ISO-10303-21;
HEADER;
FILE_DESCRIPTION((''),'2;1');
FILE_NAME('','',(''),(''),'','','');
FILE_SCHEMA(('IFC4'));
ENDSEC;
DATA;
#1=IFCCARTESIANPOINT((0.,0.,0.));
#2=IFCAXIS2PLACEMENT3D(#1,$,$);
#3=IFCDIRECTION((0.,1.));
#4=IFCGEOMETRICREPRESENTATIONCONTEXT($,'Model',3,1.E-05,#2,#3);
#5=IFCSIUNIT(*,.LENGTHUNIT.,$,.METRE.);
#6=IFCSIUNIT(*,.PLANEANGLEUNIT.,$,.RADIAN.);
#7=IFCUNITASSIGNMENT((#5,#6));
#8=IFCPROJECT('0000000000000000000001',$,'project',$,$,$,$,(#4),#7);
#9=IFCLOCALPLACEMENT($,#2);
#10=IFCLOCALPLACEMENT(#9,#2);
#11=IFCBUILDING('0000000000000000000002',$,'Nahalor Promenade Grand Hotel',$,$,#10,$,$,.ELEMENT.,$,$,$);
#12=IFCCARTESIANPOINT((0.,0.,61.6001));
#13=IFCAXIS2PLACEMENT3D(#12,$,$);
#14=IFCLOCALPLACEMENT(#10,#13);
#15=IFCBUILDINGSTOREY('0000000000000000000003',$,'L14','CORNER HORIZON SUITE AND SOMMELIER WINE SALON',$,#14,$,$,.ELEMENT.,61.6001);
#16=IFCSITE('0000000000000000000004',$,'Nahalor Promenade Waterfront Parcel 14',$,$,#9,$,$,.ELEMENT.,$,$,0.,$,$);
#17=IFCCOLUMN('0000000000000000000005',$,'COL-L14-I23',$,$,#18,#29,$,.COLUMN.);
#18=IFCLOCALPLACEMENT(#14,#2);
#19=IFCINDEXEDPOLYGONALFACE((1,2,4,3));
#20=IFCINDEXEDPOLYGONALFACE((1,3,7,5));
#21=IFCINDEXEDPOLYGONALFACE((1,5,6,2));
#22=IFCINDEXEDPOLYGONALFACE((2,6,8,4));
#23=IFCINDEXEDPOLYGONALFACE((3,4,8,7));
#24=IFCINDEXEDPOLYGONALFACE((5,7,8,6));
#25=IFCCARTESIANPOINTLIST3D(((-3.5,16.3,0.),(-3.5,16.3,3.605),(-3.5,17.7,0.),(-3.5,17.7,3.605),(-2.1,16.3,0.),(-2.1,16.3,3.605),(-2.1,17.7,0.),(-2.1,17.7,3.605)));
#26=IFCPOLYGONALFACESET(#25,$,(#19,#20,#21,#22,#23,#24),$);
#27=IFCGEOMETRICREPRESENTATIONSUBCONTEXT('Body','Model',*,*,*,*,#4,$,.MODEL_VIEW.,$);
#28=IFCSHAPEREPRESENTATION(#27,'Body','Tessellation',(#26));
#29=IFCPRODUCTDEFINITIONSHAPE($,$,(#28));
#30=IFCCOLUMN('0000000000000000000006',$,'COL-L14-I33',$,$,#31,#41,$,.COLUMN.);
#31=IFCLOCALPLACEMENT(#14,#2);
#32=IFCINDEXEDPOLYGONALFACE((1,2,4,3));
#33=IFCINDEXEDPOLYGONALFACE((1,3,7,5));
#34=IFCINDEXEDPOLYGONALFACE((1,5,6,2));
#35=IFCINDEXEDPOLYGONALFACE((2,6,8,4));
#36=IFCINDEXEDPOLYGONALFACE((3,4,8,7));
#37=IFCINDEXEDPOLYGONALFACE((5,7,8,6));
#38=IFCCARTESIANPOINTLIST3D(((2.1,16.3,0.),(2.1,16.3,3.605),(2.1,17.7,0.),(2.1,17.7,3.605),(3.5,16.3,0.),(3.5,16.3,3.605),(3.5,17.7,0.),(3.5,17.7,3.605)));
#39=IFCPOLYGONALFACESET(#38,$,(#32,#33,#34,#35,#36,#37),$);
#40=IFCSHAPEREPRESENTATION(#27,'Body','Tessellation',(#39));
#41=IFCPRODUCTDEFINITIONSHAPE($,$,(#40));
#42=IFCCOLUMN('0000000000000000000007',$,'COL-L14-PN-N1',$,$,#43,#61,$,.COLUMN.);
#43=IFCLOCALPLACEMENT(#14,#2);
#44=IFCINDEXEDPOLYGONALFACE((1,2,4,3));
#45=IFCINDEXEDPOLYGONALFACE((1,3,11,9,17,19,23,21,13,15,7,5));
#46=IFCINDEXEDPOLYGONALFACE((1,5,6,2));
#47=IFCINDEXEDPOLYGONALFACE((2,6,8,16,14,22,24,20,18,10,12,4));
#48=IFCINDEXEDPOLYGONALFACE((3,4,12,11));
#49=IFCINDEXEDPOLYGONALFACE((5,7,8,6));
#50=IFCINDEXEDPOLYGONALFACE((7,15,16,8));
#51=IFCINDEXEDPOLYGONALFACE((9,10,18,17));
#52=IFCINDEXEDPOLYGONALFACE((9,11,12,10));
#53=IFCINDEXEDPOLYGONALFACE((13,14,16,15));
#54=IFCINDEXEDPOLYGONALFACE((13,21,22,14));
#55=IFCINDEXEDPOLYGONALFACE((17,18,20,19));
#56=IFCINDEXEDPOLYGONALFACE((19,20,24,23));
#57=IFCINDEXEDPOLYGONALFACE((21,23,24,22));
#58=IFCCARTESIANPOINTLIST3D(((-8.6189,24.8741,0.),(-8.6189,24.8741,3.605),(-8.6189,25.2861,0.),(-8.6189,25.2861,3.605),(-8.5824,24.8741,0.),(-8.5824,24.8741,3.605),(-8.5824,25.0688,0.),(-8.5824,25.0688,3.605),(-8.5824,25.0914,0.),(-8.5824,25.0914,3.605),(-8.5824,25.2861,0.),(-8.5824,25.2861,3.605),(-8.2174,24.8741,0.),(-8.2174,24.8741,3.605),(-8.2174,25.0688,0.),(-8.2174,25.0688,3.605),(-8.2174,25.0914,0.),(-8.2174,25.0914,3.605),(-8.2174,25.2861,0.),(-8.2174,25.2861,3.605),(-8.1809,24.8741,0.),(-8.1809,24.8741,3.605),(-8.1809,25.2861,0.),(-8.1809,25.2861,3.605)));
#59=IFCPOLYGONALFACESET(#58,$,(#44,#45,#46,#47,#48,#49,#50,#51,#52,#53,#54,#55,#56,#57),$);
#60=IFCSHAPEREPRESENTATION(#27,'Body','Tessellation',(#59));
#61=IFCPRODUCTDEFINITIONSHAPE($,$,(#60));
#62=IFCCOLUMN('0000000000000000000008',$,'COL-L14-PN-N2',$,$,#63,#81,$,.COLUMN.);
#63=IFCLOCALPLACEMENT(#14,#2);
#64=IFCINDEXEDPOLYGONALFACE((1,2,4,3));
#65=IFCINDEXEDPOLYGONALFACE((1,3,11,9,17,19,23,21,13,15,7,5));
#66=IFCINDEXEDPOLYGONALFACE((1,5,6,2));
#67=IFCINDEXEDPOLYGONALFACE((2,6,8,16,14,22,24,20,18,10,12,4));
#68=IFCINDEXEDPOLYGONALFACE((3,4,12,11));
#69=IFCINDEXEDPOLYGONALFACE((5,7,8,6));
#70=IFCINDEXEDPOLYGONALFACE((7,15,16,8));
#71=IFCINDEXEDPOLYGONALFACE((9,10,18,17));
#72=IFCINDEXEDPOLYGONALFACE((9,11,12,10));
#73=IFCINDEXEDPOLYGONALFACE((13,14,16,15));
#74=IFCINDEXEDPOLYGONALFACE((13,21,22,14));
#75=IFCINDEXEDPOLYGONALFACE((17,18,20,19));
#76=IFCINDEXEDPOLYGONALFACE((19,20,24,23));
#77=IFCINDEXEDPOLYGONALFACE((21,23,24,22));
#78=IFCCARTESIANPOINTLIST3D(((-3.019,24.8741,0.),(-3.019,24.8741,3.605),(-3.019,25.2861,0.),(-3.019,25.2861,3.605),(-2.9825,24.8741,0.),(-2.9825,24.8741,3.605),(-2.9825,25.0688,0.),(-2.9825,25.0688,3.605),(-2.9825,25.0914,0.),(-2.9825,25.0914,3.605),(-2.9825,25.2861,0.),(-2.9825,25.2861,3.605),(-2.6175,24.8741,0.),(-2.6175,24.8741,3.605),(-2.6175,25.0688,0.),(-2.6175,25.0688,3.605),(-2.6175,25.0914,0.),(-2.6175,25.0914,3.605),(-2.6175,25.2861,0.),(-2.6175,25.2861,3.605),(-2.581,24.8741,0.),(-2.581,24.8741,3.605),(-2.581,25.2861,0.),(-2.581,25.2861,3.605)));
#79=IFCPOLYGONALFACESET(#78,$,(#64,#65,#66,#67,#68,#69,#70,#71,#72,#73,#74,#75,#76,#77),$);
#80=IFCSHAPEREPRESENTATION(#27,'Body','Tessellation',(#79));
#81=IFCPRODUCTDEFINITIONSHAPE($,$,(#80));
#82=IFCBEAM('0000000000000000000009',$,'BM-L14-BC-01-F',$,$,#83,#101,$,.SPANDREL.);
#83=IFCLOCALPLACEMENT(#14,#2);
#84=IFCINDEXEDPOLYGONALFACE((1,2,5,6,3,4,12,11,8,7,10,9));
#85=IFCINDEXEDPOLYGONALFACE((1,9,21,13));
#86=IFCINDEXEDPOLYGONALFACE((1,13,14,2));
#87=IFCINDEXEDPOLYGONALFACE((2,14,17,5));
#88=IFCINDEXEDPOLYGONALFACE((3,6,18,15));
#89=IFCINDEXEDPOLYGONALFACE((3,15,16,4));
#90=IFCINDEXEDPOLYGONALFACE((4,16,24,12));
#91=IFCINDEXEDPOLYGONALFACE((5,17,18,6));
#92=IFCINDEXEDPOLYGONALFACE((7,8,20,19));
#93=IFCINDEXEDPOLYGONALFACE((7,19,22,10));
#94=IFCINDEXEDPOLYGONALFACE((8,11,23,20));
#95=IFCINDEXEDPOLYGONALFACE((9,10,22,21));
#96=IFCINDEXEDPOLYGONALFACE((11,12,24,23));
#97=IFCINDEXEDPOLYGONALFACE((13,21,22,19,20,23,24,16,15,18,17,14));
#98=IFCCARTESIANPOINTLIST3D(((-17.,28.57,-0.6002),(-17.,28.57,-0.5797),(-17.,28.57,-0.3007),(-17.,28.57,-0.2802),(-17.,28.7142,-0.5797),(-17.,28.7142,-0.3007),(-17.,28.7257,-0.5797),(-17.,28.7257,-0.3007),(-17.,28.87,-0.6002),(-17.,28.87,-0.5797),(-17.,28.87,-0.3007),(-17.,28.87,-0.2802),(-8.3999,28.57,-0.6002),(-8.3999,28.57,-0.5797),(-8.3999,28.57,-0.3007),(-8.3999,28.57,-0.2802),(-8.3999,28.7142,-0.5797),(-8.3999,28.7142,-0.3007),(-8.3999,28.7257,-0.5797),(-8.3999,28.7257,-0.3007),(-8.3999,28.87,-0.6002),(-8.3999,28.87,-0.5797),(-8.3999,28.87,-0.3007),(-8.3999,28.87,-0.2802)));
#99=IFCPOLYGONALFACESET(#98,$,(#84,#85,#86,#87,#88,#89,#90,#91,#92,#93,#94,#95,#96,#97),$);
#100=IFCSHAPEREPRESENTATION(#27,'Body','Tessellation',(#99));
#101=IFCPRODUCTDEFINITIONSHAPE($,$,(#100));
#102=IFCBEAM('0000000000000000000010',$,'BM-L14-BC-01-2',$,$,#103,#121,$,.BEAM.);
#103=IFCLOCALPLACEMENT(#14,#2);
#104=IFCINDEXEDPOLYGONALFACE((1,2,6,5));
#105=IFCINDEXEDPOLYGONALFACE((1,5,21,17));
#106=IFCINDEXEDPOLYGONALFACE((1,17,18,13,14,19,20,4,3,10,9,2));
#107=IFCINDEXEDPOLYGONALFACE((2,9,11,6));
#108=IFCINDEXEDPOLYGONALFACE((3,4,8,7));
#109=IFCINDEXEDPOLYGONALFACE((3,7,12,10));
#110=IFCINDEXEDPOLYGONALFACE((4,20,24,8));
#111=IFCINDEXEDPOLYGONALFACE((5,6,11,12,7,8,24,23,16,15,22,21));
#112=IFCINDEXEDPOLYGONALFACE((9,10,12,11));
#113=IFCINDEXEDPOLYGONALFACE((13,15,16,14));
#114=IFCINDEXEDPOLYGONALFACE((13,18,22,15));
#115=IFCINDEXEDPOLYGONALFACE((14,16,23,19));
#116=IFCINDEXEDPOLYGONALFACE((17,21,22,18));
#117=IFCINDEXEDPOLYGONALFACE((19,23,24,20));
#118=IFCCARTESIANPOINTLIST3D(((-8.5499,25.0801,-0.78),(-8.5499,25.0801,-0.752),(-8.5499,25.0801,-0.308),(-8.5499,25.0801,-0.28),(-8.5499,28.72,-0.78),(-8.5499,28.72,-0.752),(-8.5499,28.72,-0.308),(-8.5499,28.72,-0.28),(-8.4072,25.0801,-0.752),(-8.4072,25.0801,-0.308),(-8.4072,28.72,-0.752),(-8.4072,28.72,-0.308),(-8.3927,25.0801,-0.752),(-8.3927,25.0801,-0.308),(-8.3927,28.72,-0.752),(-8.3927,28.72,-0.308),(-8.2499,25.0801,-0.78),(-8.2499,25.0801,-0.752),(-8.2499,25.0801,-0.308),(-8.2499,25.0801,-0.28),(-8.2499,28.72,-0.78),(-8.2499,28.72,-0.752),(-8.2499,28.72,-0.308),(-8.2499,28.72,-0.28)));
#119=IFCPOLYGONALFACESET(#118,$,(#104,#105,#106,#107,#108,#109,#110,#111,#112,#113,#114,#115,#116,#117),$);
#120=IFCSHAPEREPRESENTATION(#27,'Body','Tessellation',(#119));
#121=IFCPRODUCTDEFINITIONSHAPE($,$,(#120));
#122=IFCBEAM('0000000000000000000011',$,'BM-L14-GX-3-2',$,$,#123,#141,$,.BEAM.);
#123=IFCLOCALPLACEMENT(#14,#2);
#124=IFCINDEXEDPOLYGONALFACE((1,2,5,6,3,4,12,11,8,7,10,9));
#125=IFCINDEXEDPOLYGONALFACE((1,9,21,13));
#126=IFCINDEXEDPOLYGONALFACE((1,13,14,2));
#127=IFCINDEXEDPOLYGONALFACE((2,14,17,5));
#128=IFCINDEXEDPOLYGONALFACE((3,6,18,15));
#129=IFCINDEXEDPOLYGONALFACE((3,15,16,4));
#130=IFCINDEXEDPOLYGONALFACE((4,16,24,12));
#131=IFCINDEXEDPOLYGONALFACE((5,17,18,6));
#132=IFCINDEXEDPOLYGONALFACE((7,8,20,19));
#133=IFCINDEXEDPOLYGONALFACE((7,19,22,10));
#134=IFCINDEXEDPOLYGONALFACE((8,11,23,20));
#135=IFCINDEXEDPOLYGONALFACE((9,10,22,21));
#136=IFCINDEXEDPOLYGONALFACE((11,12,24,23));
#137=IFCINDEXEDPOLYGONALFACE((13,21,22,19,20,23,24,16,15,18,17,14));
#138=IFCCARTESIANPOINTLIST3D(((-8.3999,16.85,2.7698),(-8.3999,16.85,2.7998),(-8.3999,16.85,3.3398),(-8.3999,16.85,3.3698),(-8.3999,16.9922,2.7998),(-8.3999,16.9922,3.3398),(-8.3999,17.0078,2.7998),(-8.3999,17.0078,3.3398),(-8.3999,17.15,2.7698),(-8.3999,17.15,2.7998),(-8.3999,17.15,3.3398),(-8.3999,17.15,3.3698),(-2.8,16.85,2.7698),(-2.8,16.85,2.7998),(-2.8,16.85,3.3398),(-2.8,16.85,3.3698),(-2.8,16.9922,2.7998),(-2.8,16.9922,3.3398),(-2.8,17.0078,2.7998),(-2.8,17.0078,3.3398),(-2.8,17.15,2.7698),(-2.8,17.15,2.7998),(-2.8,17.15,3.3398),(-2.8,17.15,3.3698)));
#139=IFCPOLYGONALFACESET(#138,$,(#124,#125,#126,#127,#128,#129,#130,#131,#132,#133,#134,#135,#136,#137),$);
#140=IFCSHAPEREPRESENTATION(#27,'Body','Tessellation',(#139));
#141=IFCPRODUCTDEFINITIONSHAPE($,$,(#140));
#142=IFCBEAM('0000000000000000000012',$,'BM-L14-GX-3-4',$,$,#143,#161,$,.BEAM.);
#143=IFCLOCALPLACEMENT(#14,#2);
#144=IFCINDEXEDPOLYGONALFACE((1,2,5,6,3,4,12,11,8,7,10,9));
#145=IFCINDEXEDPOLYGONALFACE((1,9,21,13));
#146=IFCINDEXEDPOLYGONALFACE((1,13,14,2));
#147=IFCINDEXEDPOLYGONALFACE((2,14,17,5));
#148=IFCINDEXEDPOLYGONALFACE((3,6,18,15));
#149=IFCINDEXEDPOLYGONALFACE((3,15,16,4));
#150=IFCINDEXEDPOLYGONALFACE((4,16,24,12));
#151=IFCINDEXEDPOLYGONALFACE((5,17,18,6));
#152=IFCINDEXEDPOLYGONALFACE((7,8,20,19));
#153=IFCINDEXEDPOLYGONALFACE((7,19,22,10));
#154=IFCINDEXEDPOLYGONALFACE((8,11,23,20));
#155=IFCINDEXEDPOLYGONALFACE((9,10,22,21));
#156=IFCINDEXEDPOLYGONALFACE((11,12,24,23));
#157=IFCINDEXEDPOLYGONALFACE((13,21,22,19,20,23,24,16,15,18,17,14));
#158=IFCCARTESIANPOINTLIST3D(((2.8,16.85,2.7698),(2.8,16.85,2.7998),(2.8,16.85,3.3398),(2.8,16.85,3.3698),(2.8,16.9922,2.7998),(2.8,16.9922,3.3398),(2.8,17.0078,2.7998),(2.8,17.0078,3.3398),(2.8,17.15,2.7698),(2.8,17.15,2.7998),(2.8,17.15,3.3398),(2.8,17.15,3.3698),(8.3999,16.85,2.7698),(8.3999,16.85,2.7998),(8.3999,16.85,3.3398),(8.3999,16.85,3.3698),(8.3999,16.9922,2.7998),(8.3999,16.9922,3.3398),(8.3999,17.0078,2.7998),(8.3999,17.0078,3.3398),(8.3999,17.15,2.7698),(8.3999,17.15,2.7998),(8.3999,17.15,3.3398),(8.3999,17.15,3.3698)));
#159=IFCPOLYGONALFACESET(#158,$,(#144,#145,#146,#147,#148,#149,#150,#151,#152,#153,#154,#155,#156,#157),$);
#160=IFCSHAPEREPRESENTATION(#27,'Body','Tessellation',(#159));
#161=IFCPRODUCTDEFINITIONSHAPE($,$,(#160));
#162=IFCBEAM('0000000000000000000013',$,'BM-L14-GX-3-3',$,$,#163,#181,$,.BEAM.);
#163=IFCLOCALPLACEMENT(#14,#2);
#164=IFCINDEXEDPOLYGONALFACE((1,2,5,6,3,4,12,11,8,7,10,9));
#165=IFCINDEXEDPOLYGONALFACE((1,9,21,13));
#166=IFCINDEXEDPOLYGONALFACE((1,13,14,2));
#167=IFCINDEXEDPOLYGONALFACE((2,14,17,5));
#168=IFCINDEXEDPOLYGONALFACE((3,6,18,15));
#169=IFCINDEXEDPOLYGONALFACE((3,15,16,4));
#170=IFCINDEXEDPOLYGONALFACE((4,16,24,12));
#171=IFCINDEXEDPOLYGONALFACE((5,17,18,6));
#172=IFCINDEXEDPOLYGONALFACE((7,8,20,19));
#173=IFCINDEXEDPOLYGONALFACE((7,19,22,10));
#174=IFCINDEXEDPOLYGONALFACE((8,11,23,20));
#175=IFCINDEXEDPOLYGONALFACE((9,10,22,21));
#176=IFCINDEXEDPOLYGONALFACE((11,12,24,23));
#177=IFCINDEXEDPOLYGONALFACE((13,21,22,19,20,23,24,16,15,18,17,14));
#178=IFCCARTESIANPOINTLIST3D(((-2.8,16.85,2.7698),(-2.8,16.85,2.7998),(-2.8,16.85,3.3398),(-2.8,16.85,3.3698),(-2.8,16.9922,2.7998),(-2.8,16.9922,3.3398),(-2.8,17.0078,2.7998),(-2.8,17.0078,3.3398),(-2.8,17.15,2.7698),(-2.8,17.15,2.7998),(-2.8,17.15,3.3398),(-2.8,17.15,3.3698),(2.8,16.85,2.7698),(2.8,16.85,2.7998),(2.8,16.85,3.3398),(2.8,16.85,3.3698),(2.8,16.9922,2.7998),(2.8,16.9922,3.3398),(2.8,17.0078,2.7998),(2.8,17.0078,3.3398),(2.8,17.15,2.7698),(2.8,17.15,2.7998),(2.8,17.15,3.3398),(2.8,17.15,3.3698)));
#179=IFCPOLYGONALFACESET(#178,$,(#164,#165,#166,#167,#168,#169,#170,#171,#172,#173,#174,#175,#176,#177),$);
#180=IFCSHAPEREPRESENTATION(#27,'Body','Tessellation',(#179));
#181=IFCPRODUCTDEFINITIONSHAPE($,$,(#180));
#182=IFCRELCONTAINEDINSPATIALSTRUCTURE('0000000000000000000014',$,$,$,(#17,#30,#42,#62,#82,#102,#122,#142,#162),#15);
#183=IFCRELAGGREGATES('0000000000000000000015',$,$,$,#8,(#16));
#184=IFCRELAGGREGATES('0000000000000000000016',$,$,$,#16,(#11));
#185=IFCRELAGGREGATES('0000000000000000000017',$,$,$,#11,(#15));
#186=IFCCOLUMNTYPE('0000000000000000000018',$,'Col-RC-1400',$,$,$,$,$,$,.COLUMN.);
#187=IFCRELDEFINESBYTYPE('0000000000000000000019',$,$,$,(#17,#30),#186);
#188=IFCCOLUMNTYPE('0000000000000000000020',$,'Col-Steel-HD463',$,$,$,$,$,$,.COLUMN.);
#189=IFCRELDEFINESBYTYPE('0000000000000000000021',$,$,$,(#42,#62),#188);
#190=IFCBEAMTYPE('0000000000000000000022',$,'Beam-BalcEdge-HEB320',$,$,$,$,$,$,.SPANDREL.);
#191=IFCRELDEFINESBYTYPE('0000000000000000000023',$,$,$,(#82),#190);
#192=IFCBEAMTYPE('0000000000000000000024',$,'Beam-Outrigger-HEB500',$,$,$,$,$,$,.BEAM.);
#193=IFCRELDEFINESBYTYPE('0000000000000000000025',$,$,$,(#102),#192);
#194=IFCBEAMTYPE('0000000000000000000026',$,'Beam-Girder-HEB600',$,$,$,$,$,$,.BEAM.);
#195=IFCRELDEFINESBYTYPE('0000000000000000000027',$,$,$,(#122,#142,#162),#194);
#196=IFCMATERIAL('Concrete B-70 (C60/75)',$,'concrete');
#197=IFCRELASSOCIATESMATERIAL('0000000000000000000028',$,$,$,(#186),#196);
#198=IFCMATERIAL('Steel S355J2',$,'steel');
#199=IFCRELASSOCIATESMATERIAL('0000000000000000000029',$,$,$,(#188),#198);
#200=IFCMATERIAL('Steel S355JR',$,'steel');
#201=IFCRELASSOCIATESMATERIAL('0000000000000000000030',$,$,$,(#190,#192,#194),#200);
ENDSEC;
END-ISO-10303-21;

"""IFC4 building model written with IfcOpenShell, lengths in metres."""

from ifc_helpers import new_model, si_unit, direction, frame, origin, origin_2d, place, context, subcontext, project, spatial, rectangle, i_section, extrude, source, transform, mapped, material, material_profile, profile_set, type_object, element, save


model = new_model("IFC4")

# Units and contexts
model_context = context("Model", 3, precision=1e-05, world=origin(), true_north=direction((0.0, 1.0)))
body_context = subcontext(model_context, "Body", "Model", "MODEL_VIEW")
ifc_project = project(units=[si_unit("LENGTHUNIT", "METRE"), si_unit("PLANEANGLEUNIT", "RADIAN")], contexts=[model_context])

# Site, building, storey
site_placement = place(None, origin())
site = spatial("IfcSite", under=ifc_project, at=site_placement, Name="Nahalor Promenade Waterfront Parcel 14", CompositionType="ELEMENT", RefElevation=0.0)
building_placement = place(site_placement, origin())
building = spatial("IfcBuilding", under=site, at=building_placement, Name="Nahalor Promenade Grand Hotel", CompositionType="ELEMENT")
storey_placement = place(building_placement, frame((0.0, 0.0, 61.6001)))
storey = spatial("IfcBuildingStorey", under=building, at=storey_placement, Name="L14", Description="CORNER HORIZON SUITE AND SOMMELIER WINE SALON", CompositionType="ELEMENT", Elevation=61.6001)

# Columns
ifc_material_1 = material(Name="Concrete B-70 (C60/75)", Category="concrete")
ifc_material_profile_1 = material_profile(ifc_material_1, rectangle(XDim=1.4, YDim=1.4, at=origin_2d()), Name="RC 1400x1400")
ifc_profile_set_1 = profile_set([ifc_material_profile_1], Name="Concrete B-70 (C60/75)")
column_type_1 = type_object("IfcColumnType", Name="Col-RC-1400", PredefinedType="COLUMN", material=ifc_profile_set_1)
shared_shape_1 = source(origin(), body_context, "Body", "SweptSolid", [
    extrude(rectangle(XDim=1.4, YDim=1.4, at=origin_2d()), origin(), (0.0, 0.0, 1.0), 3.605),
])
for number, where, z_axis, x_axis, name in (
    (1, (-2.8, 17.0, 0.0), (0.0, 0.0, 1.0), (1.0, 0.0, 0.0), "COL-L14-I23"),
    (2, (2.8, 17.0, 0.0), (0.0, 0.0, 1.0), (1.0, 0.0, 0.0), "COL-L14-I33"),
):
    element("IfcColumn", number, at=place(storey_placement, frame(where, z_axis=z_axis, x_axis=x_axis)), inside=storey, type_object=column_type_1, Name=name, PredefinedType="COLUMN", context=body_context, shape_type="MappedRepresentation", body=[
        mapped(shared_shape_1, transform((0.0, 0.0, 0.0), scale=1.0)),
    ])
ifc_material_2 = material(Name="Steel S355J2", Category="steel")
ifc_material_profile_2 = material_profile(ifc_material_2, i_section(OverallWidth=0.412, OverallDepth=0.438, WebThickness=0.0226, FlangeThickness=0.0365, at=origin_2d()), Name="HD 400x463")
ifc_profile_set_2 = profile_set([ifc_material_profile_2], Name="Steel S355J2")
column_type_2 = type_object("IfcColumnType", Name="Col-Steel-HD463", PredefinedType="COLUMN", material=ifc_profile_set_2)
shared_shape_2 = source(origin(), body_context, "Body", "SweptSolid", [
    extrude(i_section(OverallWidth=0.412, OverallDepth=0.438, WebThickness=0.0226, FlangeThickness=0.0365, at=origin_2d()), origin(), (0.0, 0.0, 1.0), 3.605),
])
for number, where, z_axis, x_axis, name in (
    (3, (-8.3999, 25.0801, 0.0), (0.0, 0.0, 1.0), (0.0, 1.0, 0.0), "COL-L14-PN-N1"),
    (4, (-2.8, 25.0801, 0.0), (0.0, 0.0, 1.0), (0.0, 1.0, 0.0), "COL-L14-PN-N2"),
):
    element("IfcColumn", number, at=place(storey_placement, frame(where, z_axis=z_axis, x_axis=x_axis)), inside=storey, type_object=column_type_2, Name=name, PredefinedType="COLUMN", context=body_context, shape_type="MappedRepresentation", body=[
        mapped(shared_shape_2, transform((0.0, 0.0, 0.0), scale=1.0)),
    ])

# Beams
ifc_material_3 = material(Name="Steel S355JR", Category="steel")
ifc_material_profile_3 = material_profile(ifc_material_3, i_section(OverallWidth=0.3, OverallDepth=0.32, WebThickness=0.0115, FlangeThickness=0.0205, at=origin_2d()), Name="HEB 320")
ifc_profile_set_3 = profile_set([ifc_material_profile_3], Name="Steel S355JR")
beam_type_1 = type_object("IfcBeamType", Name="Beam-BalcEdge-HEB320", PredefinedType="SPANDREL", material=ifc_profile_set_3)
shared_shape_3 = source(origin(), body_context, "Body", "SweptSolid", [
    extrude(i_section(OverallWidth=0.3, OverallDepth=0.32, WebThickness=0.0115, FlangeThickness=0.0205, at=origin_2d()), origin(), (0.0, 0.0, 1.0), 8.6001),
])
beam_1_placement = place(storey_placement, frame((-17.0, 28.72, -0.4402), z_axis=(1.0, 0.0, 0.0), x_axis=(0.0, 1.0, 0.0)))
element("IfcBeam", 5, at=beam_1_placement, inside=storey, type_object=beam_type_1, Name="BM-L14-BC-01-F", PredefinedType="SPANDREL", context=body_context, shape_type="MappedRepresentation", body=[
    mapped(shared_shape_3, transform((0.0, 0.0, 0.0), scale=1.0)),
])
ifc_material_profile_4 = material_profile(ifc_material_3, i_section(OverallWidth=0.3, OverallDepth=0.5, WebThickness=0.0145, FlangeThickness=0.028, at=origin_2d()), Name="HEB 500")
ifc_profile_set_4 = profile_set([ifc_material_profile_4], Name="Steel S355JR")
beam_type_2 = type_object("IfcBeamType", Name="Beam-Outrigger-HEB500", PredefinedType="BEAM", material=ifc_profile_set_4)
shared_shape_4 = source(origin(), body_context, "Body", "SweptSolid", [
    extrude(i_section(OverallWidth=0.3, OverallDepth=0.5, WebThickness=0.0145, FlangeThickness=0.028, at=origin_2d()), origin(), (0.0, 0.0, 1.0), 3.6399),
])
beam_2_placement = place(storey_placement, frame((-8.3999, 25.0801, -0.53), z_axis=(0.0, 1.0, 0.0), x_axis=(-1.0, 0.0, 0.0)))
element("IfcBeam", 6, at=beam_2_placement, inside=storey, type_object=beam_type_2, Name="BM-L14-BC-01-2", PredefinedType="BEAM", context=body_context, shape_type="MappedRepresentation", body=[
    mapped(shared_shape_4, transform((0.0, 0.0, 0.0), scale=1.0)),
])
ifc_material_profile_5 = material_profile(ifc_material_3, i_section(OverallWidth=0.3, OverallDepth=0.6, WebThickness=0.0155, FlangeThickness=0.03, at=origin_2d()), Name="HEB 600")
ifc_profile_set_5 = profile_set([ifc_material_profile_5], Name="Steel S355JR")
beam_type_3 = type_object("IfcBeamType", Name="Beam-Girder-HEB600", PredefinedType="BEAM", material=ifc_profile_set_5)
shared_shape_5 = source(origin(), body_context, "Body", "SweptSolid", [
    extrude(i_section(OverallWidth=0.3, OverallDepth=0.6, WebThickness=0.0155, FlangeThickness=0.03, at=origin_2d()), origin(), (0.0, 0.0, 1.0), 5.5999),
])
for number, where, z_axis, x_axis, name in (
    (7, (-8.3999, 17.0, 3.0698), (1.0, 0.0, 0.0), (0.0, 1.0, 0.0), "BM-L14-GX-3-2"),
    (8, (2.8, 17.0, 3.0698), (1.0, 0.0, 0.0), (0.0, 1.0, 0.0), "BM-L14-GX-3-4"),
):
    element("IfcBeam", number, at=place(storey_placement, frame(where, z_axis=z_axis, x_axis=x_axis)), inside=storey, type_object=beam_type_3, Name=name, PredefinedType="BEAM", context=body_context, shape_type="MappedRepresentation", body=[
        mapped(shared_shape_5, transform((0.0, 0.0, 0.0), scale=1.0)),
    ])
shared_shape_6 = source(origin(), body_context, "Body", "SweptSolid", [
    extrude(i_section(OverallWidth=0.3, OverallDepth=0.6, WebThickness=0.0155, FlangeThickness=0.03, at=origin_2d()), origin(), (0.0, 0.0, 1.0), 5.6001),
])
beam_3_placement = place(storey_placement, frame((-2.8, 17.0, 3.0698), z_axis=(1.0, 0.0, 0.0), x_axis=(0.0, 1.0, 0.0)))
element("IfcBeam", 9, at=beam_3_placement, inside=storey, type_object=beam_type_3, Name="BM-L14-GX-3-3", PredefinedType="BEAM", context=body_context, shape_type="MappedRepresentation", body=[
    mapped(shared_shape_6, transform((0.0, 0.0, 0.0), scale=1.0)),
])

save(model, "model.ifc")
